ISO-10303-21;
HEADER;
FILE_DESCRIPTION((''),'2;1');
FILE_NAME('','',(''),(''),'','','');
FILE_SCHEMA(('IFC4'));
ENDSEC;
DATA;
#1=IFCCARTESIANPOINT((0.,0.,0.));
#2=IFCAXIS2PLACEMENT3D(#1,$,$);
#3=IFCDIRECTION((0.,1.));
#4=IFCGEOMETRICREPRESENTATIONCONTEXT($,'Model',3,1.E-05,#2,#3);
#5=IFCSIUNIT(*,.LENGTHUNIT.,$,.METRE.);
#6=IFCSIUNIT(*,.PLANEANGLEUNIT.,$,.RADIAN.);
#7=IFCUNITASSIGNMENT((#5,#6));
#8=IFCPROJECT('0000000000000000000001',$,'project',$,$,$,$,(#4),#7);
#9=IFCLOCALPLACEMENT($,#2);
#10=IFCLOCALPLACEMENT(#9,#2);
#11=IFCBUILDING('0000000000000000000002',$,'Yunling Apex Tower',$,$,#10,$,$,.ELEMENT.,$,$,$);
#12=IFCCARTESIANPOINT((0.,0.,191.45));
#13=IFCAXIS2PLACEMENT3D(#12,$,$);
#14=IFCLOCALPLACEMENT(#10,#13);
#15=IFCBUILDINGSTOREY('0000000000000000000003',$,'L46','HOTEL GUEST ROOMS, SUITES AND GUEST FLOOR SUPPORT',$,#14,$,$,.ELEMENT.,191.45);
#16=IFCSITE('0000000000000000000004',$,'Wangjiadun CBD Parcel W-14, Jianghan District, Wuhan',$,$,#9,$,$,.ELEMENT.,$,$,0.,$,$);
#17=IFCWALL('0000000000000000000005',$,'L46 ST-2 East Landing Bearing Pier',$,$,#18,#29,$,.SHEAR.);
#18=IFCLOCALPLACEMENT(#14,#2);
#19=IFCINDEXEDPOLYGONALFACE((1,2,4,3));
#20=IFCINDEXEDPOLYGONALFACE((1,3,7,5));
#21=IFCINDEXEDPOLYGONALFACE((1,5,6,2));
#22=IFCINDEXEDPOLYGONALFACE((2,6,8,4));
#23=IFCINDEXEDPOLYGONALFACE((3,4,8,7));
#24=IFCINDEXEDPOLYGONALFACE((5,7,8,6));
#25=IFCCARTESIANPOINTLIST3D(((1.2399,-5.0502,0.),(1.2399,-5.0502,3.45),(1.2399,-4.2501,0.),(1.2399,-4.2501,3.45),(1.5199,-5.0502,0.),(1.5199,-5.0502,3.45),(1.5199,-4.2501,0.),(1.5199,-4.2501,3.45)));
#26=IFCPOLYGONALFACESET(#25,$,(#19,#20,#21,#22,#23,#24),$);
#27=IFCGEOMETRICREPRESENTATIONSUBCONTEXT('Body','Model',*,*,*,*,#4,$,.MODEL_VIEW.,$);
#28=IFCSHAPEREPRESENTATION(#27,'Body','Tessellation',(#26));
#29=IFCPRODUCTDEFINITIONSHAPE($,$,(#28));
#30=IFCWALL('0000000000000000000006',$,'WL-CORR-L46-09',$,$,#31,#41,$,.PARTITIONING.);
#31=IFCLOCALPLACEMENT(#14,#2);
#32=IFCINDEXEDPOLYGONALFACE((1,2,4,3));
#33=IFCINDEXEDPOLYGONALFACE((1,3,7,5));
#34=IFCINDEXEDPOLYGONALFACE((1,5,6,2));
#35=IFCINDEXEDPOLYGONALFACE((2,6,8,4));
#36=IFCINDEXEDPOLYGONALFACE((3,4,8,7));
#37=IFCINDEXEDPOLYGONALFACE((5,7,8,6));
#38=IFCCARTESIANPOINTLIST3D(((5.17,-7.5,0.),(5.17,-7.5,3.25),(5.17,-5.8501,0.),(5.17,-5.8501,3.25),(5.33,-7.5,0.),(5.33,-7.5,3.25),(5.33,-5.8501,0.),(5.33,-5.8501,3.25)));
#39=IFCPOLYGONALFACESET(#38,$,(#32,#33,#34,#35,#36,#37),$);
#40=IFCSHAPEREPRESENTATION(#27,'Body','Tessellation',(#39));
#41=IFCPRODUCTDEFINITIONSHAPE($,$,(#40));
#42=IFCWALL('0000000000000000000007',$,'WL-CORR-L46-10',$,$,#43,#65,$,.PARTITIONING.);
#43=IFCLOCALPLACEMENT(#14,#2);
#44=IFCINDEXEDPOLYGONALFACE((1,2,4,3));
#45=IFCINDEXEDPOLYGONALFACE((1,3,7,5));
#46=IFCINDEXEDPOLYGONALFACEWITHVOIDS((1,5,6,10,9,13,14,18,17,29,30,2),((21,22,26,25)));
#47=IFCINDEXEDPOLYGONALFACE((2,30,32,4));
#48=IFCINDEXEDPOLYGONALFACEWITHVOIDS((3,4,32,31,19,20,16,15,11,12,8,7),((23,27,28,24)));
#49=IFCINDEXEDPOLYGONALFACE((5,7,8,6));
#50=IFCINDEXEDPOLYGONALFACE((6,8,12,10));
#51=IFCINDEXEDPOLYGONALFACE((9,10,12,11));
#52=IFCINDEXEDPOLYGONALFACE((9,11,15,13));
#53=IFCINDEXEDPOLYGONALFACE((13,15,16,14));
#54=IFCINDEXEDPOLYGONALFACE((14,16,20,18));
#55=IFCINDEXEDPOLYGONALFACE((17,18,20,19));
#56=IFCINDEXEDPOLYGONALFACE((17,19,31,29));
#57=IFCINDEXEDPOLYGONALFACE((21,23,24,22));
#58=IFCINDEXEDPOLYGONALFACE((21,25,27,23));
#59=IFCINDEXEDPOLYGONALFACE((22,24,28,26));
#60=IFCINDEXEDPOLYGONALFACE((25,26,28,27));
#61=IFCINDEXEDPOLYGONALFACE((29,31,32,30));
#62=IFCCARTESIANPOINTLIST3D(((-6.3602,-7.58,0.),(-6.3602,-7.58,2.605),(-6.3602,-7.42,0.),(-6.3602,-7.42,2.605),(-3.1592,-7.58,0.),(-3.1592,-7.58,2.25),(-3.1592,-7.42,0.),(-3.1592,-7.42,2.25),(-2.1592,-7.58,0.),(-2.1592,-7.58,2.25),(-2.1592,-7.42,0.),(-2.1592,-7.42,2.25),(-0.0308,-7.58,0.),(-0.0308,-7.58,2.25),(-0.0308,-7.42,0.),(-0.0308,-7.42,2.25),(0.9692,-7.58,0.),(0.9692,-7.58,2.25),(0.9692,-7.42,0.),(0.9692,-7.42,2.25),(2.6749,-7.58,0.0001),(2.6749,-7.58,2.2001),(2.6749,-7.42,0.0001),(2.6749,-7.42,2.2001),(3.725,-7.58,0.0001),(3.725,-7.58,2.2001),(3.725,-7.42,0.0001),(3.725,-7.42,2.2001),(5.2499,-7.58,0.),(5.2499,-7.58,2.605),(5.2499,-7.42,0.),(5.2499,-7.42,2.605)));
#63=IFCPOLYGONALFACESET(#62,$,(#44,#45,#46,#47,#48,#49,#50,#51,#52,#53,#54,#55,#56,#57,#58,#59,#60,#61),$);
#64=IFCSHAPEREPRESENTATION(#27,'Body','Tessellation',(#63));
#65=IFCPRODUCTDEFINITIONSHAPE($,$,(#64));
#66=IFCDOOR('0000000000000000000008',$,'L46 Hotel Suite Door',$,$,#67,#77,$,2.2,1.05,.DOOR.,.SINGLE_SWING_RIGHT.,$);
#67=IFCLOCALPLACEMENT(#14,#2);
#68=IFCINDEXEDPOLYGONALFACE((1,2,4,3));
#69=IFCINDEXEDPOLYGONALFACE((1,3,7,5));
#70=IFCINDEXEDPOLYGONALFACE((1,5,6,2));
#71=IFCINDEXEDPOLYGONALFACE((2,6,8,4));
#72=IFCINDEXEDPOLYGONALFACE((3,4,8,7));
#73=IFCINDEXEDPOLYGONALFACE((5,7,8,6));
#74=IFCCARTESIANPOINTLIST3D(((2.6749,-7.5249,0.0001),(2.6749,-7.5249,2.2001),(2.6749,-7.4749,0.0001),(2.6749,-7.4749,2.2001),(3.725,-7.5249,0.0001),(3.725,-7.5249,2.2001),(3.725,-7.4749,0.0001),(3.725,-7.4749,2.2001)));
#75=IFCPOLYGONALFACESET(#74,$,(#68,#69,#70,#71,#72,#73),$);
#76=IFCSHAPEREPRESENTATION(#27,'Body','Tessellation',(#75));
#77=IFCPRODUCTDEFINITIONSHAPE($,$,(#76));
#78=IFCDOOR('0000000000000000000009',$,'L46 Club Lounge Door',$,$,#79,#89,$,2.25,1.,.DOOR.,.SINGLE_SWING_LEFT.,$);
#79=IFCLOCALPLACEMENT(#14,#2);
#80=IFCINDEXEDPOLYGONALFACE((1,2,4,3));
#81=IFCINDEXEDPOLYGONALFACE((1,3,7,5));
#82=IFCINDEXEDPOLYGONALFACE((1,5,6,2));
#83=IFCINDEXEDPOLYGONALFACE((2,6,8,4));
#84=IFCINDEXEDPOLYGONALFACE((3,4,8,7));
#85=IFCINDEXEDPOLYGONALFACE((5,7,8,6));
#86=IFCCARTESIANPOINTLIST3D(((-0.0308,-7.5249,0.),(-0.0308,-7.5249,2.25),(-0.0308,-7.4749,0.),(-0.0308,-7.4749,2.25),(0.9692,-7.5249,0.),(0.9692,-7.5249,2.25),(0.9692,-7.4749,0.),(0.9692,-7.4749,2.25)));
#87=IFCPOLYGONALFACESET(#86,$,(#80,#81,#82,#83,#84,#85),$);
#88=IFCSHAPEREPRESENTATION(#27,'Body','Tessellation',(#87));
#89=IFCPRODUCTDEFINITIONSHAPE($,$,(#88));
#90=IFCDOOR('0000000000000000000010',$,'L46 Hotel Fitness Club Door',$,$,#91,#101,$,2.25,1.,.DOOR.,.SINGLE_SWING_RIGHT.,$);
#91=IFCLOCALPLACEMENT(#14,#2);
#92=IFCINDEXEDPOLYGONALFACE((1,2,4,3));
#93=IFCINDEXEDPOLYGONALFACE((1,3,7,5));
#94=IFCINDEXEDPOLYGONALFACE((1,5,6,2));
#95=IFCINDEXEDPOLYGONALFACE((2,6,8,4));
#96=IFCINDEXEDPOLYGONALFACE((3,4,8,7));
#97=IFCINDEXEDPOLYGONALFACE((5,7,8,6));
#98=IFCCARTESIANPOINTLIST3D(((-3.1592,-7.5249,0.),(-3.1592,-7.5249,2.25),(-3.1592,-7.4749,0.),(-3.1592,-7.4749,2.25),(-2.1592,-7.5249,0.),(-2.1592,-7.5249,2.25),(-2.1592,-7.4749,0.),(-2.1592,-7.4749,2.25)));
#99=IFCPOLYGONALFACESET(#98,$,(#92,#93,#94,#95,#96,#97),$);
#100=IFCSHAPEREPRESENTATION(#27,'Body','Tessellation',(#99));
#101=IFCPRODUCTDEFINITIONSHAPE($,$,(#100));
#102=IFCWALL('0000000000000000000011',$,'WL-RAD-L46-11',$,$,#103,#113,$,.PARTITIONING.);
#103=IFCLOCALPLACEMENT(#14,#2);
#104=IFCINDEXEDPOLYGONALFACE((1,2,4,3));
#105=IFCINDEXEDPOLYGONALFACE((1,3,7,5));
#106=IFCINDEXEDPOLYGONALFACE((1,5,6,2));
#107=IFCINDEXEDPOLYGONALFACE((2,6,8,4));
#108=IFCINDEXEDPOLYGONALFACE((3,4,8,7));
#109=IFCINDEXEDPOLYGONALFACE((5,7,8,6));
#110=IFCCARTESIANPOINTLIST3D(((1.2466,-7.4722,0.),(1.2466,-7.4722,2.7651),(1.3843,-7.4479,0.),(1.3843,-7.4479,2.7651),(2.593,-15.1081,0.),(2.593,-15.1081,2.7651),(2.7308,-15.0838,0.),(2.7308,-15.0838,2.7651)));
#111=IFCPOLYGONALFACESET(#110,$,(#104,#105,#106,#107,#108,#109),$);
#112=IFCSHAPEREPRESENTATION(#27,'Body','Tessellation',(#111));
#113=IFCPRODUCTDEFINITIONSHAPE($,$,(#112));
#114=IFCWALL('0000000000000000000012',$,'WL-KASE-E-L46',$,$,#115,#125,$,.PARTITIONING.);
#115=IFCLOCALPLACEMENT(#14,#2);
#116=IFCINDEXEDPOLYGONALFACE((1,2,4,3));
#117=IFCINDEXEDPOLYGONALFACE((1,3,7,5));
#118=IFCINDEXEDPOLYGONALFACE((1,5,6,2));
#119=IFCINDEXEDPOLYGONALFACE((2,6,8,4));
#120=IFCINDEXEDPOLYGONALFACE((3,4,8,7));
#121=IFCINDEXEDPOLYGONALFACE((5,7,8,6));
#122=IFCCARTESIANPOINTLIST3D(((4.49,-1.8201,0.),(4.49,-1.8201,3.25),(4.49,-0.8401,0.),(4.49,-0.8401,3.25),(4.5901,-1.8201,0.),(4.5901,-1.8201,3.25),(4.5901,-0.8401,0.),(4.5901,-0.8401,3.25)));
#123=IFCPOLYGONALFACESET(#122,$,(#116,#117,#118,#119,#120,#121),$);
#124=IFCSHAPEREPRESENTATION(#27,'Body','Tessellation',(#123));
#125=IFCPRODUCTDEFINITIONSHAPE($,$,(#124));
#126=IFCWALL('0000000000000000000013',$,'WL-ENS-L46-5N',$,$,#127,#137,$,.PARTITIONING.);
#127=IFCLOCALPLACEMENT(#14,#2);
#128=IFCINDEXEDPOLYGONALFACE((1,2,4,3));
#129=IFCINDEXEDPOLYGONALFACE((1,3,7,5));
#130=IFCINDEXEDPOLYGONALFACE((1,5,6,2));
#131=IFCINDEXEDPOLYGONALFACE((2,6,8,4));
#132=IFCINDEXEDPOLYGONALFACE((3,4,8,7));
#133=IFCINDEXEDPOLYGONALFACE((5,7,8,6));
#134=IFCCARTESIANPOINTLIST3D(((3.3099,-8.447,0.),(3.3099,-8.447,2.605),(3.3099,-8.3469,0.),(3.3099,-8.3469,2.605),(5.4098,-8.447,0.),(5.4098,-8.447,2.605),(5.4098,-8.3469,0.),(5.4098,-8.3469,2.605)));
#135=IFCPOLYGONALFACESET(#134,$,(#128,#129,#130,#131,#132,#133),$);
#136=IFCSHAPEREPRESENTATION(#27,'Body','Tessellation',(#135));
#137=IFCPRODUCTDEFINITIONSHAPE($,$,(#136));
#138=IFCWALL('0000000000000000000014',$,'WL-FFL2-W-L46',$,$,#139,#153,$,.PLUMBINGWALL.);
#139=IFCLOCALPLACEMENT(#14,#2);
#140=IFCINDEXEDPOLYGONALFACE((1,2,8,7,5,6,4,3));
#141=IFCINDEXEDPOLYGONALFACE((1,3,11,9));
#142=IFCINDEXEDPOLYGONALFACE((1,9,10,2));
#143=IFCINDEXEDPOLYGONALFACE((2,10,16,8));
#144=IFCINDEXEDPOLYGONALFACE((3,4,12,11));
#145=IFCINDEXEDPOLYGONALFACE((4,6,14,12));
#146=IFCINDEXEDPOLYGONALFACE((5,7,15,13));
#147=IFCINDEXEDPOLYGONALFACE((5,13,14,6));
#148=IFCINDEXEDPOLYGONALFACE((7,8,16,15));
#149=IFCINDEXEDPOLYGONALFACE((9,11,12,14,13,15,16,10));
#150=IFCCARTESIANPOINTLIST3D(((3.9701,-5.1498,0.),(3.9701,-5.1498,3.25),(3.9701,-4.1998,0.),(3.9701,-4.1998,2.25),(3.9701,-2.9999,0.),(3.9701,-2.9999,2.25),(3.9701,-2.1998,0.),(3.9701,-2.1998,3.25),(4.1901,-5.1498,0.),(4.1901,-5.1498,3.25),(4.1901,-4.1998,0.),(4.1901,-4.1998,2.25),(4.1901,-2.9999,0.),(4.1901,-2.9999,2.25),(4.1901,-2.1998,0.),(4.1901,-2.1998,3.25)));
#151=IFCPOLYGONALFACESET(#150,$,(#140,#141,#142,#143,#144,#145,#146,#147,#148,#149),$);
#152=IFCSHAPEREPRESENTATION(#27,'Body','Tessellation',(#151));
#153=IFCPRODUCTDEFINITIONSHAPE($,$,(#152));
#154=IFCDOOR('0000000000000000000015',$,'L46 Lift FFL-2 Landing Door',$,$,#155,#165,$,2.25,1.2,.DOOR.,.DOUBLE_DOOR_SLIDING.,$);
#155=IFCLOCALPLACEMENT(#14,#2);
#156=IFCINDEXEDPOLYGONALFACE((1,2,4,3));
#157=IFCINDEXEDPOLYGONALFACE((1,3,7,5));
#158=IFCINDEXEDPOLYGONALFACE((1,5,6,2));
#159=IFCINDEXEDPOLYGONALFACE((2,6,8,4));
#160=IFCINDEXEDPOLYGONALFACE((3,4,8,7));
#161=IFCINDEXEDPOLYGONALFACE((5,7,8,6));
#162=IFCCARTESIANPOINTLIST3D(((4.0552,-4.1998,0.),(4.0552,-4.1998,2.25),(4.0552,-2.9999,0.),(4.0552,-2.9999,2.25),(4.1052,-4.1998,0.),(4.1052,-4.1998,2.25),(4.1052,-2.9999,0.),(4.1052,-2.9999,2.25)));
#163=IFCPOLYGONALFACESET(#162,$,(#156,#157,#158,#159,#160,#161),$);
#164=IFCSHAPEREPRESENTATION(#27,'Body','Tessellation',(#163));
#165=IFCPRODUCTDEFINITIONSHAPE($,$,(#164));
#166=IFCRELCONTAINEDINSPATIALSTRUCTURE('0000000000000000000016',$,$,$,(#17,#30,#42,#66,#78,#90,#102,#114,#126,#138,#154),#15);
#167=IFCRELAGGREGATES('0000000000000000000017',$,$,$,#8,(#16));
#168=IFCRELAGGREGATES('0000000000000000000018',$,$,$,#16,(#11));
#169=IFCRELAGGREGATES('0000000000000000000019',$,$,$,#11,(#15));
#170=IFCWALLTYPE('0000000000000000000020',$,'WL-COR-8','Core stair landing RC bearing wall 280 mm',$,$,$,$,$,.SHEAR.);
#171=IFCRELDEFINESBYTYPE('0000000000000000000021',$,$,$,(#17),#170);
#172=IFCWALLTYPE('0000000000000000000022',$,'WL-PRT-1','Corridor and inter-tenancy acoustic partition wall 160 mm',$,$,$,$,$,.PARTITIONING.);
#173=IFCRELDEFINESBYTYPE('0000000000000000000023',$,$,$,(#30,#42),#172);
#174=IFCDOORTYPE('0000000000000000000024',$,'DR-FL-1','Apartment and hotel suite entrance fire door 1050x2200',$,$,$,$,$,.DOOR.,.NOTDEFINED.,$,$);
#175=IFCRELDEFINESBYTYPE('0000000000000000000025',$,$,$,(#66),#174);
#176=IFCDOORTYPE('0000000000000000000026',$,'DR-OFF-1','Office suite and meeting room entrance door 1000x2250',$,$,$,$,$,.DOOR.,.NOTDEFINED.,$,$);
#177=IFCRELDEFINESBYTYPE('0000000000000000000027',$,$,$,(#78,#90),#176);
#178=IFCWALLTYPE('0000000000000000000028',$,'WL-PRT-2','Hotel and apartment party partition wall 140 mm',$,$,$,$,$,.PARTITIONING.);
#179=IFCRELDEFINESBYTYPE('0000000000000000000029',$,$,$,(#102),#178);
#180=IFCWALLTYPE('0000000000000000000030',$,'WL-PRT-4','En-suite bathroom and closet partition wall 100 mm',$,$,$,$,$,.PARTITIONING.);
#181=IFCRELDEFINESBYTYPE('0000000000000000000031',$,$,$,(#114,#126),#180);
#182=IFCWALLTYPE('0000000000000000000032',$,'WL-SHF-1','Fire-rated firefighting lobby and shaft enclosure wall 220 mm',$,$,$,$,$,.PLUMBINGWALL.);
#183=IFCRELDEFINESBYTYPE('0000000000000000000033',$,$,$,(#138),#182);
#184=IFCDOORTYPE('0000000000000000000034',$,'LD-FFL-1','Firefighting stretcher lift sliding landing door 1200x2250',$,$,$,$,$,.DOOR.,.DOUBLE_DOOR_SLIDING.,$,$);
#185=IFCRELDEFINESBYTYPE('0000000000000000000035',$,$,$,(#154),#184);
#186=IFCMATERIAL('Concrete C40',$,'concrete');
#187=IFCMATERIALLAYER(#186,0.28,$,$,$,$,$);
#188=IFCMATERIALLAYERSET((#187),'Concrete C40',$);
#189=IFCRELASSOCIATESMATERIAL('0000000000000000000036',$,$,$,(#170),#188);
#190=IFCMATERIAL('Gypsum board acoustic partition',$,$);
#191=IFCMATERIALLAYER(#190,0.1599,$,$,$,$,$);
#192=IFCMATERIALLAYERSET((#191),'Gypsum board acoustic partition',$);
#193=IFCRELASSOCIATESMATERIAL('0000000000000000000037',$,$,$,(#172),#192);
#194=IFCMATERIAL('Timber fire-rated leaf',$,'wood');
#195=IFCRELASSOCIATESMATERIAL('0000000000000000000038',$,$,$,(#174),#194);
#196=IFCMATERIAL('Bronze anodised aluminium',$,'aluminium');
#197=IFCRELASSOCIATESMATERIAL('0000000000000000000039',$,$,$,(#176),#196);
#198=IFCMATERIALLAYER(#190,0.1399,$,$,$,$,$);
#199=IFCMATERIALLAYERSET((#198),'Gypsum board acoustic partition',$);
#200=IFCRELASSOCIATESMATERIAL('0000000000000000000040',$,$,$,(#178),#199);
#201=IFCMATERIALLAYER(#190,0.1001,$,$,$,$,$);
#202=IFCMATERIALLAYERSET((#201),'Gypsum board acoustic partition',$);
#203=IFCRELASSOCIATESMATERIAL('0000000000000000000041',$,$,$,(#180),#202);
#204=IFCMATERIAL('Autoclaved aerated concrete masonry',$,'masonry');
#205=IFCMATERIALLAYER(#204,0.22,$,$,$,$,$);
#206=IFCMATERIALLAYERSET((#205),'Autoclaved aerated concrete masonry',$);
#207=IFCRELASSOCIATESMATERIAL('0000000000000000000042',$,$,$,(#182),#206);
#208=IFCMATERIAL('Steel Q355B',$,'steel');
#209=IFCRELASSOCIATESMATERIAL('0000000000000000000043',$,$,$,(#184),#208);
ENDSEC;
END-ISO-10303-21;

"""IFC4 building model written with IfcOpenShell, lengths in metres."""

from ifc_helpers import new_model, si_unit, direction, frame, frame_2d, origin, place, context, subcontext, project, spatial, rectangle, extrude, material, layer, layer_set, type_object, element, fill, save


model = new_model("IFC4")

# Units and contexts
model_context = context("Model", 3, precision=1e-05, world=origin(), true_north=direction((0.0, 1.0)))
body_context = subcontext(model_context, "Body", "Model", "MODEL_VIEW")
ifc_project = project(units=[si_unit("LENGTHUNIT", "METRE"), si_unit("PLANEANGLEUNIT", "RADIAN")], contexts=[model_context])

# Site, building, storey
site_placement = place(None, origin())
site = spatial("IfcSite", under=ifc_project, at=site_placement, Name="Wangjiadun CBD Parcel W-14, Jianghan District, Wuhan", CompositionType="ELEMENT", RefElevation=0.0)
building_placement = place(site_placement, origin())
building = spatial("IfcBuilding", under=site, at=building_placement, Name="Yunling Apex Tower", CompositionType="ELEMENT")
storey_placement = place(building_placement, frame((0.0, 0.0, 191.45)))
storey = spatial("IfcBuildingStorey", under=building, at=storey_placement, Name="L46", Description="HOTEL GUEST ROOMS, SUITES AND GUEST FLOOR SUPPORT", CompositionType="ELEMENT", Elevation=191.45)

# Walls
ifc_material_1 = material(Name="Concrete C40", Category="concrete")
ifc_layer_1 = layer(ifc_material_1, 0.28)
ifc_layer_set_1 = layer_set([ifc_layer_1], Name="Concrete C40")
wall_type_1 = type_object("IfcWallType", Name="WL-COR-8", Description="Core stair landing RC bearing wall 280 mm", PredefinedType="SHEAR", material=ifc_layer_set_1)
wall_1_placement = place(storey_placement, frame((1.3799, -5.05, 0.0), z_axis=(0.0, 0.0, 1.0), x_axis=(0.0, 1.0, 0.0)))
element("IfcWall", 1, at=wall_1_placement, inside=storey, type_object=wall_type_1, Name="L46 ST-2 East Landing Bearing Pier", PredefinedType="SHEAR", context=body_context, shape_type="SweptSolid", body=[
    extrude(rectangle(XDim=0.8, YDim=0.28, at=frame_2d((0.3999, 0.0))), origin(), (0.0, 0.0, 1.0), 3.45),
])
ifc_material_2 = material(Name="Gypsum board acoustic partition")
ifc_layer_2 = layer(ifc_material_2, 0.1599)
ifc_layer_set_2 = layer_set([ifc_layer_2], Name="Gypsum board acoustic partition")
wall_type_2 = type_object("IfcWallType", Name="WL-PRT-1", Description="Corridor and inter-tenancy acoustic partition wall 160 mm", PredefinedType="PARTITIONING", material=ifc_layer_set_2)
wall_2_placement = place(storey_placement, frame((5.25, -5.8501, 0.0), z_axis=(0.0, 0.0, 1.0), x_axis=(0.0, -1.0, 0.0)))
element("IfcWall", 2, at=wall_2_placement, inside=storey, type_object=wall_type_2, Name="WL-CORR-L46-09", PredefinedType="PARTITIONING", context=body_context, shape_type="SweptSolid", body=[
    extrude(rectangle(XDim=1.6499, YDim=0.1599, at=frame_2d((0.825, 0.0))), origin(), (0.0, 0.0, 1.0), 3.25),
])

# Wall, openings, doors
wall_3_placement = place(storey_placement, frame((5.25, -7.5, 0.0), z_axis=(0.0, 0.0, 1.0), x_axis=(-1.0, 0.0, 0.0)))
wall_3 = element("IfcWall", 3, at=wall_3_placement, inside=storey, type_object=wall_type_2, Name="WL-CORR-L46-10", PredefinedType="PARTITIONING", context=body_context, shape_type="SweptSolid", body=[
    extrude(rectangle(XDim=11.6101, YDim=0.1599, at=frame_2d((5.8052, 0.0))), origin(), (0.0, 0.0, 1.0), 2.605),
])
opening_1_placement = place(wall_3_placement, frame((1.5251, 0.0, 0.0)))
opening_1 = element("IfcOpeningElement", 4, at=opening_1_placement, cuts=wall_3, PredefinedType="OPENING", context=body_context, shape_type="SweptSolid", body=[
    extrude(rectangle(XDim=1.05, YDim=2.2, at=frame_2d((0.5249, 1.1001))), frame((0.0, 0.0898, 0.0), z_axis=(0.0, -1.0, 0.0), x_axis=(1.0, 0.0, 0.0)), (0.0, 0.0, 1.0), 0.1799),
])
opening_2_placement = place(wall_3_placement, frame((4.2808, 0.0, 0.0)))
opening_2 = element("IfcOpeningElement", 5, at=opening_2_placement, cuts=wall_3, PredefinedType="OPENING", context=body_context, shape_type="SweptSolid", body=[
    extrude(rectangle(XDim=1.0, YDim=2.25, at=frame_2d((0.5, 1.125))), frame((0.0, 0.0898, 0.0), z_axis=(0.0, -1.0, 0.0), x_axis=(1.0, 0.0, 0.0)), (0.0, 0.0, 1.0), 0.1799),
])
opening_3_placement = place(wall_3_placement, frame((7.4092, 0.0, 0.0)))
opening_3 = element("IfcOpeningElement", 6, at=opening_3_placement, cuts=wall_3, PredefinedType="OPENING", context=body_context, shape_type="SweptSolid", body=[
    extrude(rectangle(XDim=1.0, YDim=2.25, at=frame_2d((0.5, 1.125))), frame((0.0, 0.0898, 0.0), z_axis=(0.0, -1.0, 0.0), x_axis=(1.0, 0.0, 0.0)), (0.0, 0.0, 1.0), 0.1799),
])
ifc_material_3 = material(Name="Timber fire-rated leaf", Category="wood")
door_type_1 = type_object("IfcDoorType", Name="DR-FL-1", Description="Apartment and hotel suite entrance fire door 1050x2200", OperationType="NOTDEFINED", PredefinedType="DOOR", material=ifc_material_3)
door_1_placement = place(opening_1_placement, origin())
door_1 = element("IfcDoor", 7, at=door_1_placement, inside=storey, type_object=door_type_1, Name="L46 Hotel Suite Door", OperationType="SINGLE_SWING_RIGHT", OverallHeight=2.2, OverallWidth=1.05, PredefinedType="DOOR", context=body_context, shape_type="SweptSolid", body=[
    extrude(rectangle(XDim=1.05, YDim=2.2, at=frame_2d((0.5249, 1.1001))), frame((0.0, 0.0249, 0.0), z_axis=(0.0, -1.0, 0.0), x_axis=(1.0, 0.0, 0.0)), (0.0, 0.0, 1.0), 0.05),
])
fill(opening_1, door_1)
ifc_material_4 = material(Name="Bronze anodised aluminium", Category="aluminium")
door_type_2 = type_object("IfcDoorType", Name="DR-OFF-1", Description="Office suite and meeting room entrance door 1000x2250", OperationType="NOTDEFINED", PredefinedType="DOOR", material=ifc_material_4)
door_2_placement = place(opening_2_placement, origin())
door_2 = element("IfcDoor", 8, at=door_2_placement, inside=storey, type_object=door_type_2, Name="L46 Club Lounge Door", OperationType="SINGLE_SWING_LEFT", OverallHeight=2.25, OverallWidth=1.0, PredefinedType="DOOR", context=body_context, shape_type="SweptSolid", body=[
    extrude(rectangle(XDim=1.0, YDim=2.25, at=frame_2d((0.5, 1.125))), frame((0.0, 0.0249, 0.0), z_axis=(0.0, -1.0, 0.0), x_axis=(1.0, 0.0, 0.0)), (0.0, 0.0, 1.0), 0.05),
])
fill(opening_2, door_2)
door_3_placement = place(opening_3_placement, origin())
door_3 = element("IfcDoor", 9, at=door_3_placement, inside=storey, type_object=door_type_2, Name="L46 Hotel Fitness Club Door", OperationType="SINGLE_SWING_RIGHT", OverallHeight=2.25, OverallWidth=1.0, PredefinedType="DOOR", context=body_context, shape_type="SweptSolid", body=[
    extrude(rectangle(XDim=1.0, YDim=2.25, at=frame_2d((0.5, 1.125))), frame((0.0, 0.0249, 0.0), z_axis=(0.0, -1.0, 0.0), x_axis=(1.0, 0.0, 0.0)), (0.0, 0.0, 1.0), 0.05),
])
fill(opening_3, door_3)

# Walls
ifc_layer_3 = layer(ifc_material_2, 0.1399)
ifc_layer_set_3 = layer_set([ifc_layer_3], Name="Gypsum board acoustic partition")
wall_type_3 = type_object("IfcWallType", Name="WL-PRT-2", Description="Hotel and apartment party partition wall 140 mm", PredefinedType="PARTITIONING", material=ifc_layer_set_3)
wall_4_placement = place(storey_placement, frame((1.3154, -7.46, 0.0), z_axis=(0.0, 0.0, 1.0), x_axis=(0.173654, -0.984807, 0.0)))
element("IfcWall", 10, at=wall_4_placement, inside=storey, type_object=wall_type_3, Name="WL-RAD-L46-11", PredefinedType="PARTITIONING", context=body_context, shape_type="SweptSolid", body=[
    extrude(rectangle(XDim=7.7537, YDim=0.1399, at=frame_2d((3.877, 0.0))), origin(), (0.0, 0.0, 1.0), 2.7651),
])
ifc_layer_4 = layer(ifc_material_2, 0.1001)
ifc_layer_set_4 = layer_set([ifc_layer_4], Name="Gypsum board acoustic partition")
wall_type_4 = type_object("IfcWallType", Name="WL-PRT-4", Description="En-suite bathroom and closet partition wall 100 mm", PredefinedType="PARTITIONING", material=ifc_layer_set_4)
wall_5_placement = place(storey_placement, frame((4.54, -1.8201, 0.0), z_axis=(0.0, 0.0, 1.0), x_axis=(0.0, 1.0, 0.0)))
element("IfcWall", 11, at=wall_5_placement, inside=storey, type_object=wall_type_4, Name="WL-KASE-E-L46", PredefinedType="PARTITIONING", context=body_context, shape_type="SweptSolid", body=[
    extrude(rectangle(XDim=0.98, YDim=0.1001, at=frame_2d((0.49, 0.0))), origin(), (0.0, 0.0, 1.0), 3.25),
])
wall_6_placement = place(storey_placement, frame((3.3101, -8.397, 0.0), z_axis=(0.0, 0.0, 1.0), x_axis=(1.0, 0.0, 0.0)))
element("IfcWall", 12, at=wall_6_placement, inside=storey, type_object=wall_type_4, Name="WL-ENS-L46-5N", PredefinedType="PARTITIONING", context=body_context, shape_type="SweptSolid", body=[
    extrude(rectangle(XDim=2.0999, YDim=0.1001, at=frame_2d((1.0498, 0.0))), origin(), (0.0, 0.0, 1.0), 2.605),
])

# Wall, opening, door
ifc_material_5 = material(Name="Autoclaved aerated concrete masonry", Category="masonry")
ifc_layer_5 = layer(ifc_material_5, 0.22)
ifc_layer_set_5 = layer_set([ifc_layer_5], Name="Autoclaved aerated concrete masonry")
wall_type_5 = type_object("IfcWallType", Name="WL-SHF-1", Description="Fire-rated firefighting lobby and shaft enclosure wall 220 mm", PredefinedType="PLUMBINGWALL", material=ifc_layer_set_5)
ifc_material_6 = material(Name="Steel Q355B", Category="steel")
wall_7_placement = place(storey_placement, frame((4.0801, -5.1499, 0.0), z_axis=(0.0, 0.0, 1.0), x_axis=(0.0, 1.0, 0.0)))
wall_7 = element("IfcWall", 13, at=wall_7_placement, inside=storey, type_object=wall_type_5, Name="WL-FFL2-W-L46", PredefinedType="PLUMBINGWALL", context=body_context, shape_type="SweptSolid", body=[
    extrude(rectangle(XDim=2.95, YDim=0.22, at=frame_2d((1.4751, 0.0))), origin(), (0.0, 0.0, 1.0), 3.25),
])
opening_4_placement = place(wall_7_placement, frame((0.95, 0.0, 0.0)))
opening_4 = element("IfcOpeningElement", 14, at=opening_4_placement, cuts=wall_7, PredefinedType="OPENING", context=body_context, shape_type="SweptSolid", body=[
    extrude(rectangle(XDim=1.2, YDim=2.25, at=frame_2d((0.6001, 1.125))), frame((0.0, 0.1201, 0.0), z_axis=(0.0, -1.0, 0.0), x_axis=(1.0, 0.0, 0.0)), (0.0, 0.0, 1.0), 0.24),
])
door_type_3 = type_object("IfcDoorType", Name="LD-FFL-1", Description="Firefighting stretcher lift sliding landing door 1200x2250", OperationType="DOUBLE_DOOR_SLIDING", PredefinedType="DOOR", material=ifc_material_6)
door_4_placement = place(opening_4_placement, origin())
door_4 = element("IfcDoor", 15, at=door_4_placement, inside=storey, type_object=door_type_3, Name="L46 Lift FFL-2 Landing Door", OperationType="DOUBLE_DOOR_SLIDING", OverallHeight=2.25, OverallWidth=1.2, PredefinedType="DOOR", context=body_context, shape_type="SweptSolid", body=[
    extrude(rectangle(XDim=1.2, YDim=2.25, at=frame_2d((0.6001, 1.125))), frame((0.0, 0.0249, 0.0), z_axis=(0.0, -1.0, 0.0), x_axis=(1.0, 0.0, 0.0)), (0.0, 0.0, 1.0), 0.05),
])
fill(opening_4, door_4)

save(model, "model.ifc")
